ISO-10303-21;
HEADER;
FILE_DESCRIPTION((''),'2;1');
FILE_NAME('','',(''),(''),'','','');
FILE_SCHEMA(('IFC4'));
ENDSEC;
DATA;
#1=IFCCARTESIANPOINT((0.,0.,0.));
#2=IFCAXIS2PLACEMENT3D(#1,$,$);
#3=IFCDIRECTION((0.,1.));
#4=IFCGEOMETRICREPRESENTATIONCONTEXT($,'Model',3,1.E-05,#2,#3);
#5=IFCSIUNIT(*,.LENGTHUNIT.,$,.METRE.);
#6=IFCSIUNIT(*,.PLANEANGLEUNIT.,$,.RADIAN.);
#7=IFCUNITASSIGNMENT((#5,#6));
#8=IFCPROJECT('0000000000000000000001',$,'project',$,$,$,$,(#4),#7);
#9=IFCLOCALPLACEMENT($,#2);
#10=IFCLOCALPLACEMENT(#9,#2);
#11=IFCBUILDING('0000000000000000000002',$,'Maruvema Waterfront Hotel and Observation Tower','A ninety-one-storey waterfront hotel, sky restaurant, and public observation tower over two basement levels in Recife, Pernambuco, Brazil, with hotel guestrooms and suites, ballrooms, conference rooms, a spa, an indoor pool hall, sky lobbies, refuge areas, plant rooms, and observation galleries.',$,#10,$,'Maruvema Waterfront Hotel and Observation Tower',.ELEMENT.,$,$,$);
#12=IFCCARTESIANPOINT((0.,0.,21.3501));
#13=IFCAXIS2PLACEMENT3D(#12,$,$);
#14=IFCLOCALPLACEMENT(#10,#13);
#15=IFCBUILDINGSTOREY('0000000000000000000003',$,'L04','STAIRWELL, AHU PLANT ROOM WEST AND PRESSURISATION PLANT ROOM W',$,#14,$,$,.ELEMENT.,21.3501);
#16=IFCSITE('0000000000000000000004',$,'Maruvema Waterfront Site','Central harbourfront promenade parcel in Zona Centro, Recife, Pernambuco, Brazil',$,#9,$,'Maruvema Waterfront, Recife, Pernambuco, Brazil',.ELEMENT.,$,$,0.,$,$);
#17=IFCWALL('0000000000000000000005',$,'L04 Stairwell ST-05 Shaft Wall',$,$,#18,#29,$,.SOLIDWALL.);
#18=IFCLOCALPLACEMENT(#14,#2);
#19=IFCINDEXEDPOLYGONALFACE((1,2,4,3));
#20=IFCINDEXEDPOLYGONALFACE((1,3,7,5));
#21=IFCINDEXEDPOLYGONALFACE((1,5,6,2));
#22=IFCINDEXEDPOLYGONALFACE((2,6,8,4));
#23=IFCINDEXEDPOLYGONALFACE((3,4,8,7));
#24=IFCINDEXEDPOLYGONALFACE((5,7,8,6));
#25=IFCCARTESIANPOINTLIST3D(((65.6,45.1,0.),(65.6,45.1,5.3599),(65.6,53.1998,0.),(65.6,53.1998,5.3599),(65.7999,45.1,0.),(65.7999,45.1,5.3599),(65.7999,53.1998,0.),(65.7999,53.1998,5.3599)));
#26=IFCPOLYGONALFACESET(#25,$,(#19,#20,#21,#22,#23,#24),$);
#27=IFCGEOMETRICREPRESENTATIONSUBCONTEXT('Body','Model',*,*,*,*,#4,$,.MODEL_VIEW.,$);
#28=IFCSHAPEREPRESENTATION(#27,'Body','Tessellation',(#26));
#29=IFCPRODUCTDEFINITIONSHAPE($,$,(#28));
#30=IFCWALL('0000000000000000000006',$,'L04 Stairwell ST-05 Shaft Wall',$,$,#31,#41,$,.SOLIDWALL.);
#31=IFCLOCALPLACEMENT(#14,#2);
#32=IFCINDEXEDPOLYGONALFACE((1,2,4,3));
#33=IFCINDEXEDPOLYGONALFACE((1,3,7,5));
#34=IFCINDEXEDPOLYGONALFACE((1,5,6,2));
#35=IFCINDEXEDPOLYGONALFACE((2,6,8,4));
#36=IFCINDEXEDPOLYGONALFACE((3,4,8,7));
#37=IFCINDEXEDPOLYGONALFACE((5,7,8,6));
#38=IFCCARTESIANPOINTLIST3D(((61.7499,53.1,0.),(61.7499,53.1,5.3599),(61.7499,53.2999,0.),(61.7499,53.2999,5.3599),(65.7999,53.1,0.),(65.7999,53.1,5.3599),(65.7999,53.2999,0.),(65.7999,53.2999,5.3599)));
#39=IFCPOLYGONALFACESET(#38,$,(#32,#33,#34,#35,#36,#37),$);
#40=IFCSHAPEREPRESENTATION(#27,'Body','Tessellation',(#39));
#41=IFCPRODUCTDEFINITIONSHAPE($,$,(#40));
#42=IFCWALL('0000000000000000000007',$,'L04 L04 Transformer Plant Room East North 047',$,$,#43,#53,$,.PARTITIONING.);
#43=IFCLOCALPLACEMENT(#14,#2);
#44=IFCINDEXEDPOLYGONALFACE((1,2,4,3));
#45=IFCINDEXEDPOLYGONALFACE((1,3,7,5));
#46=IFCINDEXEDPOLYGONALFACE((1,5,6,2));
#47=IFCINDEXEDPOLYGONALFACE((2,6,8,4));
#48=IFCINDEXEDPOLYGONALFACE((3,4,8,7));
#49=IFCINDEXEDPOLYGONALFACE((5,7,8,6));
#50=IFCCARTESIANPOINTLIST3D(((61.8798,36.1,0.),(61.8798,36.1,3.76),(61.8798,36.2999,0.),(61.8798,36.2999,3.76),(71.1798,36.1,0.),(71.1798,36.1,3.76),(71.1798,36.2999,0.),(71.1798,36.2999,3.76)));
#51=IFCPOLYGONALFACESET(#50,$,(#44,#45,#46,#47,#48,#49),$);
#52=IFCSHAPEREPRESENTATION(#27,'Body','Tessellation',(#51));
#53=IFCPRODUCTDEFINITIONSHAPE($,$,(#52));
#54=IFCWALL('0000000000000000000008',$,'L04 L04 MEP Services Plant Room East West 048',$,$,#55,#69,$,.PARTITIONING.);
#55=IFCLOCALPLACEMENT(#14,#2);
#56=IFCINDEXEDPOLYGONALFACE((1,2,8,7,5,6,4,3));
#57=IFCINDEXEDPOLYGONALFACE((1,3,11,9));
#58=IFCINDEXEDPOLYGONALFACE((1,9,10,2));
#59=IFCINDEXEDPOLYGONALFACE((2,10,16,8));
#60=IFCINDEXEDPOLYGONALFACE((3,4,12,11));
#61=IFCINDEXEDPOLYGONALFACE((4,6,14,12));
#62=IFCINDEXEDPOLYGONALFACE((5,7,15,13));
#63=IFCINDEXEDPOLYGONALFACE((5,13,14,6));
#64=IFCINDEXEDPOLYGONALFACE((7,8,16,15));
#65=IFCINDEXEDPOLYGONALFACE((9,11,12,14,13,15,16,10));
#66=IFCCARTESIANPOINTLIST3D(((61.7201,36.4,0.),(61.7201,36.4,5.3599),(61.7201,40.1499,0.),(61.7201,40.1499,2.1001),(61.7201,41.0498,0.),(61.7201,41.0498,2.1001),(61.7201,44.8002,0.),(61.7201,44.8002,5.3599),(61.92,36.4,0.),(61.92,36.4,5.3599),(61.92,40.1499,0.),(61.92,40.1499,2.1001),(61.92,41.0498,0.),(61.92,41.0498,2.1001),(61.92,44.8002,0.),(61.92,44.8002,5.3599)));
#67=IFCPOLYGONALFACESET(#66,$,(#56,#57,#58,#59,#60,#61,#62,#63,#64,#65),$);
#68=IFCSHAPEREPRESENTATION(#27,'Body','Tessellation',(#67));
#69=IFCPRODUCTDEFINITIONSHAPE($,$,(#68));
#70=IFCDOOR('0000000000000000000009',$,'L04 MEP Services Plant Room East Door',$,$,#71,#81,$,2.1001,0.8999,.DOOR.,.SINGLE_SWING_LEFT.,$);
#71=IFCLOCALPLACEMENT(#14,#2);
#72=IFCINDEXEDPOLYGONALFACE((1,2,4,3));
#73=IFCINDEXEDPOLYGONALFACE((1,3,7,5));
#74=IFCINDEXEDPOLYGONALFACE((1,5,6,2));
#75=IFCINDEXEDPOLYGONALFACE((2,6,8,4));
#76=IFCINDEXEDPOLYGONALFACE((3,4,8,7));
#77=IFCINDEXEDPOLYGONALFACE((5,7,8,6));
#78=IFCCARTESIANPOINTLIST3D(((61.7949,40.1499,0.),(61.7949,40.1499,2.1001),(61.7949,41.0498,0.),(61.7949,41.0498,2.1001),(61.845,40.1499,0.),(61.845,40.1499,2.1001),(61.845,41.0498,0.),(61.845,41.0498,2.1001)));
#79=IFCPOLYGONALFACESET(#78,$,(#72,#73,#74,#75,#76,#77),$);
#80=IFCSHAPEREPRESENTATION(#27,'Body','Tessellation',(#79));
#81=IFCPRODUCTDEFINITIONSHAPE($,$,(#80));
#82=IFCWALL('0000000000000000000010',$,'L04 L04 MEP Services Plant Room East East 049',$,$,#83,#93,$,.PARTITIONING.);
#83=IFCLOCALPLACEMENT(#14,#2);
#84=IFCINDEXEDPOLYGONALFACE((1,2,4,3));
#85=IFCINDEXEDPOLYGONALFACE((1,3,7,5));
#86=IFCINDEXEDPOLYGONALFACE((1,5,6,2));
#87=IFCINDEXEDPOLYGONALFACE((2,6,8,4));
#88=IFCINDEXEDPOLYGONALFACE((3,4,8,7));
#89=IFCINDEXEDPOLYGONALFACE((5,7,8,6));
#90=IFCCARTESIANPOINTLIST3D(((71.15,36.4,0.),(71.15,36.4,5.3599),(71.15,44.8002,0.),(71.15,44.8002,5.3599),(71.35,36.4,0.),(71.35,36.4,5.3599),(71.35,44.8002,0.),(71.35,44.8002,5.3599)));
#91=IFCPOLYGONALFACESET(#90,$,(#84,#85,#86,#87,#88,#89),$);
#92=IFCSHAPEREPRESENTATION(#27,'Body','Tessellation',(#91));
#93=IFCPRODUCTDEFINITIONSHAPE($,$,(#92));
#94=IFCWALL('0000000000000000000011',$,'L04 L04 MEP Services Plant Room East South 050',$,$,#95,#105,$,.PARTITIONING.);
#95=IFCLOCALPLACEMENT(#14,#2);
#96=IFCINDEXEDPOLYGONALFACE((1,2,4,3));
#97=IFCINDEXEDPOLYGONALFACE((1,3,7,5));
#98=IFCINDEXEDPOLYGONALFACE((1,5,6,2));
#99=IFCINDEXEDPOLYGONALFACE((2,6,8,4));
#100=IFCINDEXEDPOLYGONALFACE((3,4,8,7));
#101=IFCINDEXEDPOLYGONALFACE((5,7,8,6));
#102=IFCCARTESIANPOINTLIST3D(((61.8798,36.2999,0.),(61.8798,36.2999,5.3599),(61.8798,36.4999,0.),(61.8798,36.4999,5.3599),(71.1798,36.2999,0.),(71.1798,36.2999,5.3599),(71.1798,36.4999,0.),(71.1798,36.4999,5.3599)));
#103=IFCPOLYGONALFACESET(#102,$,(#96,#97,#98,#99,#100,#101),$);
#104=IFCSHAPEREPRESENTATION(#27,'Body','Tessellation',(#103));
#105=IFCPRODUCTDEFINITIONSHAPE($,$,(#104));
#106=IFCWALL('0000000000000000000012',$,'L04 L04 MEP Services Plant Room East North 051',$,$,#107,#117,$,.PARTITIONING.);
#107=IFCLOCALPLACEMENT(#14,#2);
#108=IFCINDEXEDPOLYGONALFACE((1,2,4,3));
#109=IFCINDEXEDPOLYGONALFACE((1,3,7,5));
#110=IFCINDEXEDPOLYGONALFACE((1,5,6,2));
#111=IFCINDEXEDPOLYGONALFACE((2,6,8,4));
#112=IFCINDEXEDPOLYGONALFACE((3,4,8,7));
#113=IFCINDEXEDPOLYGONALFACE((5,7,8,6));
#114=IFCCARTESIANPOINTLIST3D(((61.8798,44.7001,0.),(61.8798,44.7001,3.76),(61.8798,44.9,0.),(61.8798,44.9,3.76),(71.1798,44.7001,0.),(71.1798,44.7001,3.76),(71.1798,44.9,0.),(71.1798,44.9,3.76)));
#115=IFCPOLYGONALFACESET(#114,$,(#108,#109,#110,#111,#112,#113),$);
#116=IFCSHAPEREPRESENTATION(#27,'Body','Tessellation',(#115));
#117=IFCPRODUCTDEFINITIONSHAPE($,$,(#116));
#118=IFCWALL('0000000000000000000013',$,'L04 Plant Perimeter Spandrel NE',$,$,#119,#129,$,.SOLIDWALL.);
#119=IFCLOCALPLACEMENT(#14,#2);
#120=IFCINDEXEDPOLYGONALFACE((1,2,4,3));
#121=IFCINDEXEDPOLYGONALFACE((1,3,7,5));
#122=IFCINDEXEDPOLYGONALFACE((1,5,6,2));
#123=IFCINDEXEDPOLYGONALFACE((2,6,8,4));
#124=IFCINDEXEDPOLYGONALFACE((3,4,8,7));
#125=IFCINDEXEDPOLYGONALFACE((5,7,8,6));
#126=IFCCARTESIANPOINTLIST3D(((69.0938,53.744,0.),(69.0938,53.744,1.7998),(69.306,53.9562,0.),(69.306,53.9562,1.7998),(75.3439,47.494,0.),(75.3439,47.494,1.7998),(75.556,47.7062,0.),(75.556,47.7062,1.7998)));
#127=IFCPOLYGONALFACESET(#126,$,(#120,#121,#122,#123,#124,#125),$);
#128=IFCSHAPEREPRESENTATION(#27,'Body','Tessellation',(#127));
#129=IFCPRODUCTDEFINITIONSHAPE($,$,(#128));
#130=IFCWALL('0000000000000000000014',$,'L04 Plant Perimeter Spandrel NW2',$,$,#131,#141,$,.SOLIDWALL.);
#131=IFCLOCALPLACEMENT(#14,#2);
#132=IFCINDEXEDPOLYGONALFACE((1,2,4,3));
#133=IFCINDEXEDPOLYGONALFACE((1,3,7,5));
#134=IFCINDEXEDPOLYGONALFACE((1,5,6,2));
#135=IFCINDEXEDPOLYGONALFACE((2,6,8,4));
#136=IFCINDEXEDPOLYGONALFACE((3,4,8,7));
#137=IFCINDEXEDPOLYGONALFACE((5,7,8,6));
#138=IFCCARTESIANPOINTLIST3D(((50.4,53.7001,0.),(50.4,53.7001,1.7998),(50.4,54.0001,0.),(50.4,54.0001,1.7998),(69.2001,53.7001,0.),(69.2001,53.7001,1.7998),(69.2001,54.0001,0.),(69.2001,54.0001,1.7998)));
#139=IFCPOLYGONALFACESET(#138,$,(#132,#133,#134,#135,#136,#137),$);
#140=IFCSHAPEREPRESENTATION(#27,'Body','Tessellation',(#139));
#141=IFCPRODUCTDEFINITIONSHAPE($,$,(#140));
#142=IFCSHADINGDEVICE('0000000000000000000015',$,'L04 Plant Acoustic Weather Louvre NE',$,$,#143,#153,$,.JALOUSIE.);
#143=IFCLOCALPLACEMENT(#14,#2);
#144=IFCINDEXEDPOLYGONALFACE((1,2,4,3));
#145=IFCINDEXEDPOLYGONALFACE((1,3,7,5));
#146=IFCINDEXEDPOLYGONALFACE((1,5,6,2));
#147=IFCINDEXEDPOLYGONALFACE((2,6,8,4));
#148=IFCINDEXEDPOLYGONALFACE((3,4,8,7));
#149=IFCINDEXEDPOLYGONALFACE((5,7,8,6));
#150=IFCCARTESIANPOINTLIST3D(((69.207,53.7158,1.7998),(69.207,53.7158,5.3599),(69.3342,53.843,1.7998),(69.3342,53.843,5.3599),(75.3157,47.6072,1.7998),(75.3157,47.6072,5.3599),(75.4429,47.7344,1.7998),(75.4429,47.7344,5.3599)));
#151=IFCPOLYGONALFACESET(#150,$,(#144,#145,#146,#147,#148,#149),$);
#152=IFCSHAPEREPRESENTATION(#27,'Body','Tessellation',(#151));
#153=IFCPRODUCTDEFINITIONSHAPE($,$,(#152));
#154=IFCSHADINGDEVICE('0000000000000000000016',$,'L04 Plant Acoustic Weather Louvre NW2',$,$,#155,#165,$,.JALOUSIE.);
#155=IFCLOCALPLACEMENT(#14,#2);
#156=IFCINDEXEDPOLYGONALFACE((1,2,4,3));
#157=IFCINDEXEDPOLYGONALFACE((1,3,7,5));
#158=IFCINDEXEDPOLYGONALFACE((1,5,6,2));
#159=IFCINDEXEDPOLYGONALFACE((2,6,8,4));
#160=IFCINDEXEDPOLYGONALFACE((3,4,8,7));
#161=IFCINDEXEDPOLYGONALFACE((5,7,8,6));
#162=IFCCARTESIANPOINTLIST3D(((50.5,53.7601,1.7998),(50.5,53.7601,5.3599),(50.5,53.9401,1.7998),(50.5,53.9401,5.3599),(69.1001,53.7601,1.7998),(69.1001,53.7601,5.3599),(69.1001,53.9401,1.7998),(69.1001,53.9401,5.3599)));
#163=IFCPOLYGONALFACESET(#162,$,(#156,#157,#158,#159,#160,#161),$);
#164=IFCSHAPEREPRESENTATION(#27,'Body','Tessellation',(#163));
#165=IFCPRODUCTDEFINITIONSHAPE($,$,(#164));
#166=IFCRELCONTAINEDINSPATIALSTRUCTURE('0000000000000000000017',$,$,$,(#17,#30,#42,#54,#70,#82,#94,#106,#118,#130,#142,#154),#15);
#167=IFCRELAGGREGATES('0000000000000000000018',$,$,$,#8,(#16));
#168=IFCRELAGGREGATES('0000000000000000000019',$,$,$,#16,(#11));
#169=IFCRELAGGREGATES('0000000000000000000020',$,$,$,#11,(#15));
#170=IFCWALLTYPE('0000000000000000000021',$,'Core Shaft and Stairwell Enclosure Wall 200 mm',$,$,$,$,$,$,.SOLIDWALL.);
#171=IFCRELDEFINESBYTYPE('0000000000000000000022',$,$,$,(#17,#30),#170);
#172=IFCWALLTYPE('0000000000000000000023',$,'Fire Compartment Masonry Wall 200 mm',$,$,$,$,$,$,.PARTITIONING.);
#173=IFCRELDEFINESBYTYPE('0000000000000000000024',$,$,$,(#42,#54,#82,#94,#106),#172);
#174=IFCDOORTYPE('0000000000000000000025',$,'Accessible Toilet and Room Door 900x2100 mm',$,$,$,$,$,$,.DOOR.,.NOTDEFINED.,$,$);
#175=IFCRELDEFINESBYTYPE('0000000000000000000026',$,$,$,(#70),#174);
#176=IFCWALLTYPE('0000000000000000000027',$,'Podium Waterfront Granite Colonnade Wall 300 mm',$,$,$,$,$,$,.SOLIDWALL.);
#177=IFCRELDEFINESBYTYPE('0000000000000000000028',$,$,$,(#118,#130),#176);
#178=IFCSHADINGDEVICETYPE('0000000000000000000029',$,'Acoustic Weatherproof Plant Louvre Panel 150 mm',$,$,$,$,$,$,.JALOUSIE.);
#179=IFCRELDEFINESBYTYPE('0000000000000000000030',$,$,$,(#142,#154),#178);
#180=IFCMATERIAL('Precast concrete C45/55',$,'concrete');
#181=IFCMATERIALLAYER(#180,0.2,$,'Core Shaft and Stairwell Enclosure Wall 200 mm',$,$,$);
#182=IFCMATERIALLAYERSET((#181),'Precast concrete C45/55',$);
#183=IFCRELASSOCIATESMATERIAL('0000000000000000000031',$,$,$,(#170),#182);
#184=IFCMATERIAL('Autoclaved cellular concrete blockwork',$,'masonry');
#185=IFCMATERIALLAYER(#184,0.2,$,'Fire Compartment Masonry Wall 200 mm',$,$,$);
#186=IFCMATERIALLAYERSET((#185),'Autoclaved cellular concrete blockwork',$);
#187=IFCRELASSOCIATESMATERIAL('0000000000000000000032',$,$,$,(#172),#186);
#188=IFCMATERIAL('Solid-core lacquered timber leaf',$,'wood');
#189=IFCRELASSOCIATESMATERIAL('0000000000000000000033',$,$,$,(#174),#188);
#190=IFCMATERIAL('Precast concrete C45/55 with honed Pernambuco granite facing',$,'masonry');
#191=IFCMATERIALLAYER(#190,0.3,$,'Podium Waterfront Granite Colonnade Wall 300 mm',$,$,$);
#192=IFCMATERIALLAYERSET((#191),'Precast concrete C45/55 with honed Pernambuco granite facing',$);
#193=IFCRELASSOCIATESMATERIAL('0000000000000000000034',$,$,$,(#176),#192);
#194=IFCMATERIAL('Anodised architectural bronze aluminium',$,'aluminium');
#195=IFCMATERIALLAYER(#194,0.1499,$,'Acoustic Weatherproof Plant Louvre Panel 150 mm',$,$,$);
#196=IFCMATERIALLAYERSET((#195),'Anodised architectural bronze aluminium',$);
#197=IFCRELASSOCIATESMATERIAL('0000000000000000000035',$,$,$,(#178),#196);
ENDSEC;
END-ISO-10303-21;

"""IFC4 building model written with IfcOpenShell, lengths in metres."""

from ifc_helpers import new_model, si_unit, direction, frame, frame_2d, origin, origin_2d, place, context, subcontext, project, spatial, rectangle, extrude, material, layer, layer_set, type_object, element, fill, save


model = new_model("IFC4")

# Units and contexts
model_context = context("Model", 3, precision=1e-05, world=origin(), true_north=direction((0.0, 1.0)))
body_context = subcontext(model_context, "Body", "Model", "MODEL_VIEW")
ifc_project = project(units=[si_unit("LENGTHUNIT", "METRE"), si_unit("PLANEANGLEUNIT", "RADIAN")], contexts=[model_context])

# Site, building, storey
site_placement = place(None, origin())
site = spatial("IfcSite", under=ifc_project, at=site_placement, Name="Maruvema Waterfront Site", Description="Central harbourfront promenade parcel in Zona Centro, Recife, Pernambuco, Brazil", LongName="Maruvema Waterfront, Recife, Pernambuco, Brazil", CompositionType="ELEMENT", RefElevation=0.0)
building_placement = place(site_placement, origin())
building = spatial("IfcBuilding", under=site, at=building_placement, Name="Maruvema Waterfront Hotel and Observation Tower", Description="A ninety-one-storey waterfront hotel, sky restaurant, and public observation tower over two basement levels in Recife, Pernambuco, Brazil, with hotel guestrooms and suites, ballrooms, conference rooms, a spa, an indoor pool hall, sky lobbies, refuge areas, plant rooms, and observation galleries.", LongName="Maruvema Waterfront Hotel and Observation Tower", CompositionType="ELEMENT")
storey_placement = place(building_placement, frame((0.0, 0.0, 21.3501)))
storey = spatial("IfcBuildingStorey", under=building, at=storey_placement, Name="L04", Description="STAIRWELL, AHU PLANT ROOM WEST AND PRESSURISATION PLANT ROOM W", CompositionType="ELEMENT", Elevation=21.3501)

# Shared definitions
ifc_material_1 = material(Name="Precast concrete C45/55", Category="concrete")
ifc_layer_1 = layer(ifc_material_1, 0.2, Name="Core Shaft and Stairwell Enclosure Wall 200 mm")
ifc_layer_set_1 = layer_set([ifc_layer_1], Name="Precast concrete C45/55")
wall_type_1 = type_object("IfcWallType", Name="Core Shaft and Stairwell Enclosure Wall 200 mm", PredefinedType="SOLIDWALL", material=ifc_layer_set_1)

# Walls
wall_1_placement = place(storey_placement, frame((65.7, 45.1001, 0.0), z_axis=(0.0, 0.0, 1.0), x_axis=(0.0, 1.0, 0.0)))
element("IfcWall", 1, at=wall_1_placement, inside=storey, type_object=wall_type_1, Name="L04 Stairwell ST-05 Shaft Wall", PredefinedType="SOLIDWALL", context=body_context, shape_type="SweptSolid", body=[
    extrude(rectangle(XDim=8.0999, YDim=0.2, at=frame_2d((4.0498, 0.0))), origin(), (0.0, 0.0, 1.0), 5.3599),
])
wall_2_placement = place(storey_placement, frame((61.75, 53.2, 0.0), z_axis=(0.0, 0.0, 1.0), x_axis=(1.0, 0.0, 0.0)))
element("IfcWall", 2, at=wall_2_placement, inside=storey, type_object=wall_type_1, Name="L04 Stairwell ST-05 Shaft Wall", PredefinedType="SOLIDWALL", context=body_context, shape_type="SweptSolid", body=[
    extrude(rectangle(XDim=4.05, YDim=0.2, at=frame_2d((2.0249, 0.0))), origin(), (0.0, 0.0, 1.0), 5.3599),
])
ifc_material_2 = material(Name="Autoclaved cellular concrete blockwork", Category="masonry")
ifc_layer_2 = layer(ifc_material_2, 0.2, Name="Fire Compartment Masonry Wall 200 mm")
ifc_layer_set_2 = layer_set([ifc_layer_2], Name="Autoclaved cellular concrete blockwork")
wall_type_2 = type_object("IfcWallType", Name="Fire Compartment Masonry Wall 200 mm", PredefinedType="PARTITIONING", material=ifc_layer_set_2)
wall_3_placement = place(storey_placement, frame((61.8799, 36.2, 0.0), z_axis=(0.0, 0.0, 1.0), x_axis=(1.0, 0.0, 0.0)))
element("IfcWall", 3, at=wall_3_placement, inside=storey, type_object=wall_type_2, Name="L04 L04 Transformer Plant Room East North 047", PredefinedType="PARTITIONING", context=body_context, shape_type="SweptSolid", body=[
    extrude(rectangle(XDim=9.3, YDim=0.2, at=frame_2d((4.6499, 0.0))), origin(), (0.0, 0.0, 1.0), 3.76),
])

# Wall, opening, door
wall_4_placement = place(storey_placement, frame((61.8201, 36.3999, 0.0), z_axis=(0.0, 0.0, 1.0), x_axis=(0.0, 1.0, 0.0)))
wall_4 = element("IfcWall", 4, at=wall_4_placement, inside=storey, type_object=wall_type_2, Name="L04 L04 MEP Services Plant Room East West 048", PredefinedType="PARTITIONING", context=body_context, shape_type="SweptSolid", body=[
    extrude(rectangle(XDim=8.4001, YDim=0.2, at=frame_2d((4.2002, 0.0))), origin(), (0.0, 0.0, 1.0), 5.3599),
])
opening_1_placement = place(wall_4_placement, frame((3.75, 0.0, 0.0)))
opening_1 = element("IfcOpeningElement", 5, at=opening_1_placement, cuts=wall_4, PredefinedType="OPENING", context=body_context, shape_type="SweptSolid", body=[
    extrude(rectangle(XDim=0.8999, YDim=2.1001, at=frame_2d((0.45, 1.05))), frame((0.0, 0.1099, 0.0), z_axis=(0.0, -1.0, 0.0), x_axis=(1.0, 0.0, 0.0)), (0.0, 0.0, 1.0), 0.22),
])
ifc_material_3 = material(Name="Solid-core lacquered timber leaf", Category="wood")
door_type_1 = type_object("IfcDoorType", Name="Accessible Toilet and Room Door 900x2100 mm", OperationType="NOTDEFINED", PredefinedType="DOOR", material=ifc_material_3)
door_1_placement = place(opening_1_placement, frame((0.8999, 0.0, 0.0), z_axis=(0.0, 0.0, 1.0), x_axis=(-1.0, 0.0, 0.0)))
door_1 = element("IfcDoor", 6, at=door_1_placement, inside=storey, type_object=door_type_1, Name="L04 MEP Services Plant Room East Door", OperationType="SINGLE_SWING_LEFT", OverallHeight=2.1001, OverallWidth=0.8999, PredefinedType="DOOR", context=body_context, shape_type="SweptSolid", body=[
    extrude(rectangle(XDim=0.8999, YDim=2.1001, at=frame_2d((0.45, 1.05))), frame((0.0, 0.0249, 0.0), z_axis=(0.0, -1.0, 0.0), x_axis=(1.0, 0.0, 0.0)), (0.0, 0.0, 1.0), 0.05),
])
fill(opening_1, door_1)

# Walls
wall_5_placement = place(storey_placement, frame((71.25, 36.3999, 0.0), z_axis=(0.0, 0.0, 1.0), x_axis=(0.0, 1.0, 0.0)))
element("IfcWall", 7, at=wall_5_placement, inside=storey, type_object=wall_type_2, Name="L04 L04 MEP Services Plant Room East East 049", PredefinedType="PARTITIONING", context=body_context, shape_type="SweptSolid", body=[
    extrude(rectangle(XDim=8.4001, YDim=0.2, at=frame_2d((4.2002, 0.0))), origin(), (0.0, 0.0, 1.0), 5.3599),
])
wall_6_placement = place(storey_placement, frame((61.8799, 36.3999, 0.0), z_axis=(0.0, 0.0, 1.0), x_axis=(1.0, 0.0, 0.0)))
element("IfcWall", 8, at=wall_6_placement, inside=storey, type_object=wall_type_2, Name="L04 L04 MEP Services Plant Room East South 050", PredefinedType="PARTITIONING", context=body_context, shape_type="SweptSolid", body=[
    extrude(rectangle(XDim=9.3, YDim=0.2, at=frame_2d((4.6499, 0.0))), origin(), (0.0, 0.0, 1.0), 5.3599),
])
wall_7_placement = place(storey_placement, frame((61.8799, 44.8, 0.0), z_axis=(0.0, 0.0, 1.0), x_axis=(1.0, 0.0, 0.0)))
element("IfcWall", 9, at=wall_7_placement, inside=storey, type_object=wall_type_2, Name="L04 L04 MEP Services Plant Room East North 051", PredefinedType="PARTITIONING", context=body_context, shape_type="SweptSolid", body=[
    extrude(rectangle(XDim=9.3, YDim=0.2, at=frame_2d((4.6499, 0.0))), origin(), (0.0, 0.0, 1.0), 3.76),
])
ifc_material_4 = material(Name="Precast concrete C45/55 with honed Pernambuco granite facing", Category="masonry")
ifc_layer_3 = layer(ifc_material_4, 0.3, Name="Podium Waterfront Granite Colonnade Wall 300 mm")
ifc_layer_set_3 = layer_set([ifc_layer_3], Name="Precast concrete C45/55 with honed Pernambuco granite facing")
wall_type_3 = type_object("IfcWallType", Name="Podium Waterfront Granite Colonnade Wall 300 mm", PredefinedType="SOLIDWALL", material=ifc_layer_set_3)
wall_8_placement = place(storey_placement, frame((75.45, 47.6001, 0.0), z_axis=(0.0, 0.0, 1.0), x_axis=(-0.707107, 0.707107, 0.0)))
element("IfcWall", 10, at=wall_8_placement, inside=storey, type_object=wall_type_3, Name="L04 Plant Perimeter Spandrel NE", PredefinedType="SOLIDWALL", context=body_context, shape_type="SweptSolid", body=[
    extrude(rectangle(XDim=8.8389, YDim=0.3, at=frame_2d((4.4194, 0.0))), origin(), (0.0, 0.0, 1.0), 1.7998),
])
wall_9_placement = place(storey_placement, frame((69.2, 53.8501, 0.0), z_axis=(0.0, 0.0, 1.0), x_axis=(-1.0, 0.0, 0.0)))
element("IfcWall", 11, at=wall_9_placement, inside=storey, type_object=wall_type_3, Name="L04 Plant Perimeter Spandrel NW2", PredefinedType="SOLIDWALL", context=body_context, shape_type="SweptSolid", body=[
    extrude(rectangle(XDim=18.8, YDim=0.3, at=frame_2d((9.3999, 0.0))), origin(), (0.0, 0.0, 1.0), 1.7998),
])

# Shading devices
ifc_material_5 = material(Name="Anodised architectural bronze aluminium", Category="aluminium")
ifc_layer_4 = layer(ifc_material_5, 0.1499, Name="Acoustic Weatherproof Plant Louvre Panel 150 mm")
ifc_layer_set_4 = layer_set([ifc_layer_4], Name="Anodised architectural bronze aluminium")
shading_device_type = type_object("IfcShadingDeviceType", Name="Acoustic Weatherproof Plant Louvre Panel 150 mm", PredefinedType="JALOUSIE", material=ifc_layer_set_4)
shading_device_1_placement = place(storey_placement, frame((72.325, 50.7251, 1.7998), z_axis=(0.0, 0.0, 1.0), x_axis=(-0.707107, 0.707107, 0.0)))
element("IfcShadingDevice", 12, at=shading_device_1_placement, inside=storey, type_object=shading_device_type, Name="L04 Plant Acoustic Weather Louvre NE", PredefinedType="JALOUSIE", context=body_context, shape_type="SweptSolid", body=[
    extrude(rectangle(XDim=8.6389, YDim=0.1799, at=origin_2d()), origin(), (0.0, 0.0, 1.0), 3.5601),
])
shading_device_2_placement = place(storey_placement, frame((59.8, 53.8501, 1.7998), z_axis=(0.0, 0.0, 1.0), x_axis=(-1.0, 0.0, 0.0)))
element("IfcShadingDevice", 13, at=shading_device_2_placement, inside=storey, type_object=shading_device_type, Name="L04 Plant Acoustic Weather Louvre NW2", PredefinedType="JALOUSIE", context=body_context, shape_type="SweptSolid", body=[
    extrude(rectangle(XDim=18.6001, YDim=0.1799, at=origin_2d()), origin(), (0.0, 0.0, 1.0), 3.5601),
])

save(model, "model.ifc")
